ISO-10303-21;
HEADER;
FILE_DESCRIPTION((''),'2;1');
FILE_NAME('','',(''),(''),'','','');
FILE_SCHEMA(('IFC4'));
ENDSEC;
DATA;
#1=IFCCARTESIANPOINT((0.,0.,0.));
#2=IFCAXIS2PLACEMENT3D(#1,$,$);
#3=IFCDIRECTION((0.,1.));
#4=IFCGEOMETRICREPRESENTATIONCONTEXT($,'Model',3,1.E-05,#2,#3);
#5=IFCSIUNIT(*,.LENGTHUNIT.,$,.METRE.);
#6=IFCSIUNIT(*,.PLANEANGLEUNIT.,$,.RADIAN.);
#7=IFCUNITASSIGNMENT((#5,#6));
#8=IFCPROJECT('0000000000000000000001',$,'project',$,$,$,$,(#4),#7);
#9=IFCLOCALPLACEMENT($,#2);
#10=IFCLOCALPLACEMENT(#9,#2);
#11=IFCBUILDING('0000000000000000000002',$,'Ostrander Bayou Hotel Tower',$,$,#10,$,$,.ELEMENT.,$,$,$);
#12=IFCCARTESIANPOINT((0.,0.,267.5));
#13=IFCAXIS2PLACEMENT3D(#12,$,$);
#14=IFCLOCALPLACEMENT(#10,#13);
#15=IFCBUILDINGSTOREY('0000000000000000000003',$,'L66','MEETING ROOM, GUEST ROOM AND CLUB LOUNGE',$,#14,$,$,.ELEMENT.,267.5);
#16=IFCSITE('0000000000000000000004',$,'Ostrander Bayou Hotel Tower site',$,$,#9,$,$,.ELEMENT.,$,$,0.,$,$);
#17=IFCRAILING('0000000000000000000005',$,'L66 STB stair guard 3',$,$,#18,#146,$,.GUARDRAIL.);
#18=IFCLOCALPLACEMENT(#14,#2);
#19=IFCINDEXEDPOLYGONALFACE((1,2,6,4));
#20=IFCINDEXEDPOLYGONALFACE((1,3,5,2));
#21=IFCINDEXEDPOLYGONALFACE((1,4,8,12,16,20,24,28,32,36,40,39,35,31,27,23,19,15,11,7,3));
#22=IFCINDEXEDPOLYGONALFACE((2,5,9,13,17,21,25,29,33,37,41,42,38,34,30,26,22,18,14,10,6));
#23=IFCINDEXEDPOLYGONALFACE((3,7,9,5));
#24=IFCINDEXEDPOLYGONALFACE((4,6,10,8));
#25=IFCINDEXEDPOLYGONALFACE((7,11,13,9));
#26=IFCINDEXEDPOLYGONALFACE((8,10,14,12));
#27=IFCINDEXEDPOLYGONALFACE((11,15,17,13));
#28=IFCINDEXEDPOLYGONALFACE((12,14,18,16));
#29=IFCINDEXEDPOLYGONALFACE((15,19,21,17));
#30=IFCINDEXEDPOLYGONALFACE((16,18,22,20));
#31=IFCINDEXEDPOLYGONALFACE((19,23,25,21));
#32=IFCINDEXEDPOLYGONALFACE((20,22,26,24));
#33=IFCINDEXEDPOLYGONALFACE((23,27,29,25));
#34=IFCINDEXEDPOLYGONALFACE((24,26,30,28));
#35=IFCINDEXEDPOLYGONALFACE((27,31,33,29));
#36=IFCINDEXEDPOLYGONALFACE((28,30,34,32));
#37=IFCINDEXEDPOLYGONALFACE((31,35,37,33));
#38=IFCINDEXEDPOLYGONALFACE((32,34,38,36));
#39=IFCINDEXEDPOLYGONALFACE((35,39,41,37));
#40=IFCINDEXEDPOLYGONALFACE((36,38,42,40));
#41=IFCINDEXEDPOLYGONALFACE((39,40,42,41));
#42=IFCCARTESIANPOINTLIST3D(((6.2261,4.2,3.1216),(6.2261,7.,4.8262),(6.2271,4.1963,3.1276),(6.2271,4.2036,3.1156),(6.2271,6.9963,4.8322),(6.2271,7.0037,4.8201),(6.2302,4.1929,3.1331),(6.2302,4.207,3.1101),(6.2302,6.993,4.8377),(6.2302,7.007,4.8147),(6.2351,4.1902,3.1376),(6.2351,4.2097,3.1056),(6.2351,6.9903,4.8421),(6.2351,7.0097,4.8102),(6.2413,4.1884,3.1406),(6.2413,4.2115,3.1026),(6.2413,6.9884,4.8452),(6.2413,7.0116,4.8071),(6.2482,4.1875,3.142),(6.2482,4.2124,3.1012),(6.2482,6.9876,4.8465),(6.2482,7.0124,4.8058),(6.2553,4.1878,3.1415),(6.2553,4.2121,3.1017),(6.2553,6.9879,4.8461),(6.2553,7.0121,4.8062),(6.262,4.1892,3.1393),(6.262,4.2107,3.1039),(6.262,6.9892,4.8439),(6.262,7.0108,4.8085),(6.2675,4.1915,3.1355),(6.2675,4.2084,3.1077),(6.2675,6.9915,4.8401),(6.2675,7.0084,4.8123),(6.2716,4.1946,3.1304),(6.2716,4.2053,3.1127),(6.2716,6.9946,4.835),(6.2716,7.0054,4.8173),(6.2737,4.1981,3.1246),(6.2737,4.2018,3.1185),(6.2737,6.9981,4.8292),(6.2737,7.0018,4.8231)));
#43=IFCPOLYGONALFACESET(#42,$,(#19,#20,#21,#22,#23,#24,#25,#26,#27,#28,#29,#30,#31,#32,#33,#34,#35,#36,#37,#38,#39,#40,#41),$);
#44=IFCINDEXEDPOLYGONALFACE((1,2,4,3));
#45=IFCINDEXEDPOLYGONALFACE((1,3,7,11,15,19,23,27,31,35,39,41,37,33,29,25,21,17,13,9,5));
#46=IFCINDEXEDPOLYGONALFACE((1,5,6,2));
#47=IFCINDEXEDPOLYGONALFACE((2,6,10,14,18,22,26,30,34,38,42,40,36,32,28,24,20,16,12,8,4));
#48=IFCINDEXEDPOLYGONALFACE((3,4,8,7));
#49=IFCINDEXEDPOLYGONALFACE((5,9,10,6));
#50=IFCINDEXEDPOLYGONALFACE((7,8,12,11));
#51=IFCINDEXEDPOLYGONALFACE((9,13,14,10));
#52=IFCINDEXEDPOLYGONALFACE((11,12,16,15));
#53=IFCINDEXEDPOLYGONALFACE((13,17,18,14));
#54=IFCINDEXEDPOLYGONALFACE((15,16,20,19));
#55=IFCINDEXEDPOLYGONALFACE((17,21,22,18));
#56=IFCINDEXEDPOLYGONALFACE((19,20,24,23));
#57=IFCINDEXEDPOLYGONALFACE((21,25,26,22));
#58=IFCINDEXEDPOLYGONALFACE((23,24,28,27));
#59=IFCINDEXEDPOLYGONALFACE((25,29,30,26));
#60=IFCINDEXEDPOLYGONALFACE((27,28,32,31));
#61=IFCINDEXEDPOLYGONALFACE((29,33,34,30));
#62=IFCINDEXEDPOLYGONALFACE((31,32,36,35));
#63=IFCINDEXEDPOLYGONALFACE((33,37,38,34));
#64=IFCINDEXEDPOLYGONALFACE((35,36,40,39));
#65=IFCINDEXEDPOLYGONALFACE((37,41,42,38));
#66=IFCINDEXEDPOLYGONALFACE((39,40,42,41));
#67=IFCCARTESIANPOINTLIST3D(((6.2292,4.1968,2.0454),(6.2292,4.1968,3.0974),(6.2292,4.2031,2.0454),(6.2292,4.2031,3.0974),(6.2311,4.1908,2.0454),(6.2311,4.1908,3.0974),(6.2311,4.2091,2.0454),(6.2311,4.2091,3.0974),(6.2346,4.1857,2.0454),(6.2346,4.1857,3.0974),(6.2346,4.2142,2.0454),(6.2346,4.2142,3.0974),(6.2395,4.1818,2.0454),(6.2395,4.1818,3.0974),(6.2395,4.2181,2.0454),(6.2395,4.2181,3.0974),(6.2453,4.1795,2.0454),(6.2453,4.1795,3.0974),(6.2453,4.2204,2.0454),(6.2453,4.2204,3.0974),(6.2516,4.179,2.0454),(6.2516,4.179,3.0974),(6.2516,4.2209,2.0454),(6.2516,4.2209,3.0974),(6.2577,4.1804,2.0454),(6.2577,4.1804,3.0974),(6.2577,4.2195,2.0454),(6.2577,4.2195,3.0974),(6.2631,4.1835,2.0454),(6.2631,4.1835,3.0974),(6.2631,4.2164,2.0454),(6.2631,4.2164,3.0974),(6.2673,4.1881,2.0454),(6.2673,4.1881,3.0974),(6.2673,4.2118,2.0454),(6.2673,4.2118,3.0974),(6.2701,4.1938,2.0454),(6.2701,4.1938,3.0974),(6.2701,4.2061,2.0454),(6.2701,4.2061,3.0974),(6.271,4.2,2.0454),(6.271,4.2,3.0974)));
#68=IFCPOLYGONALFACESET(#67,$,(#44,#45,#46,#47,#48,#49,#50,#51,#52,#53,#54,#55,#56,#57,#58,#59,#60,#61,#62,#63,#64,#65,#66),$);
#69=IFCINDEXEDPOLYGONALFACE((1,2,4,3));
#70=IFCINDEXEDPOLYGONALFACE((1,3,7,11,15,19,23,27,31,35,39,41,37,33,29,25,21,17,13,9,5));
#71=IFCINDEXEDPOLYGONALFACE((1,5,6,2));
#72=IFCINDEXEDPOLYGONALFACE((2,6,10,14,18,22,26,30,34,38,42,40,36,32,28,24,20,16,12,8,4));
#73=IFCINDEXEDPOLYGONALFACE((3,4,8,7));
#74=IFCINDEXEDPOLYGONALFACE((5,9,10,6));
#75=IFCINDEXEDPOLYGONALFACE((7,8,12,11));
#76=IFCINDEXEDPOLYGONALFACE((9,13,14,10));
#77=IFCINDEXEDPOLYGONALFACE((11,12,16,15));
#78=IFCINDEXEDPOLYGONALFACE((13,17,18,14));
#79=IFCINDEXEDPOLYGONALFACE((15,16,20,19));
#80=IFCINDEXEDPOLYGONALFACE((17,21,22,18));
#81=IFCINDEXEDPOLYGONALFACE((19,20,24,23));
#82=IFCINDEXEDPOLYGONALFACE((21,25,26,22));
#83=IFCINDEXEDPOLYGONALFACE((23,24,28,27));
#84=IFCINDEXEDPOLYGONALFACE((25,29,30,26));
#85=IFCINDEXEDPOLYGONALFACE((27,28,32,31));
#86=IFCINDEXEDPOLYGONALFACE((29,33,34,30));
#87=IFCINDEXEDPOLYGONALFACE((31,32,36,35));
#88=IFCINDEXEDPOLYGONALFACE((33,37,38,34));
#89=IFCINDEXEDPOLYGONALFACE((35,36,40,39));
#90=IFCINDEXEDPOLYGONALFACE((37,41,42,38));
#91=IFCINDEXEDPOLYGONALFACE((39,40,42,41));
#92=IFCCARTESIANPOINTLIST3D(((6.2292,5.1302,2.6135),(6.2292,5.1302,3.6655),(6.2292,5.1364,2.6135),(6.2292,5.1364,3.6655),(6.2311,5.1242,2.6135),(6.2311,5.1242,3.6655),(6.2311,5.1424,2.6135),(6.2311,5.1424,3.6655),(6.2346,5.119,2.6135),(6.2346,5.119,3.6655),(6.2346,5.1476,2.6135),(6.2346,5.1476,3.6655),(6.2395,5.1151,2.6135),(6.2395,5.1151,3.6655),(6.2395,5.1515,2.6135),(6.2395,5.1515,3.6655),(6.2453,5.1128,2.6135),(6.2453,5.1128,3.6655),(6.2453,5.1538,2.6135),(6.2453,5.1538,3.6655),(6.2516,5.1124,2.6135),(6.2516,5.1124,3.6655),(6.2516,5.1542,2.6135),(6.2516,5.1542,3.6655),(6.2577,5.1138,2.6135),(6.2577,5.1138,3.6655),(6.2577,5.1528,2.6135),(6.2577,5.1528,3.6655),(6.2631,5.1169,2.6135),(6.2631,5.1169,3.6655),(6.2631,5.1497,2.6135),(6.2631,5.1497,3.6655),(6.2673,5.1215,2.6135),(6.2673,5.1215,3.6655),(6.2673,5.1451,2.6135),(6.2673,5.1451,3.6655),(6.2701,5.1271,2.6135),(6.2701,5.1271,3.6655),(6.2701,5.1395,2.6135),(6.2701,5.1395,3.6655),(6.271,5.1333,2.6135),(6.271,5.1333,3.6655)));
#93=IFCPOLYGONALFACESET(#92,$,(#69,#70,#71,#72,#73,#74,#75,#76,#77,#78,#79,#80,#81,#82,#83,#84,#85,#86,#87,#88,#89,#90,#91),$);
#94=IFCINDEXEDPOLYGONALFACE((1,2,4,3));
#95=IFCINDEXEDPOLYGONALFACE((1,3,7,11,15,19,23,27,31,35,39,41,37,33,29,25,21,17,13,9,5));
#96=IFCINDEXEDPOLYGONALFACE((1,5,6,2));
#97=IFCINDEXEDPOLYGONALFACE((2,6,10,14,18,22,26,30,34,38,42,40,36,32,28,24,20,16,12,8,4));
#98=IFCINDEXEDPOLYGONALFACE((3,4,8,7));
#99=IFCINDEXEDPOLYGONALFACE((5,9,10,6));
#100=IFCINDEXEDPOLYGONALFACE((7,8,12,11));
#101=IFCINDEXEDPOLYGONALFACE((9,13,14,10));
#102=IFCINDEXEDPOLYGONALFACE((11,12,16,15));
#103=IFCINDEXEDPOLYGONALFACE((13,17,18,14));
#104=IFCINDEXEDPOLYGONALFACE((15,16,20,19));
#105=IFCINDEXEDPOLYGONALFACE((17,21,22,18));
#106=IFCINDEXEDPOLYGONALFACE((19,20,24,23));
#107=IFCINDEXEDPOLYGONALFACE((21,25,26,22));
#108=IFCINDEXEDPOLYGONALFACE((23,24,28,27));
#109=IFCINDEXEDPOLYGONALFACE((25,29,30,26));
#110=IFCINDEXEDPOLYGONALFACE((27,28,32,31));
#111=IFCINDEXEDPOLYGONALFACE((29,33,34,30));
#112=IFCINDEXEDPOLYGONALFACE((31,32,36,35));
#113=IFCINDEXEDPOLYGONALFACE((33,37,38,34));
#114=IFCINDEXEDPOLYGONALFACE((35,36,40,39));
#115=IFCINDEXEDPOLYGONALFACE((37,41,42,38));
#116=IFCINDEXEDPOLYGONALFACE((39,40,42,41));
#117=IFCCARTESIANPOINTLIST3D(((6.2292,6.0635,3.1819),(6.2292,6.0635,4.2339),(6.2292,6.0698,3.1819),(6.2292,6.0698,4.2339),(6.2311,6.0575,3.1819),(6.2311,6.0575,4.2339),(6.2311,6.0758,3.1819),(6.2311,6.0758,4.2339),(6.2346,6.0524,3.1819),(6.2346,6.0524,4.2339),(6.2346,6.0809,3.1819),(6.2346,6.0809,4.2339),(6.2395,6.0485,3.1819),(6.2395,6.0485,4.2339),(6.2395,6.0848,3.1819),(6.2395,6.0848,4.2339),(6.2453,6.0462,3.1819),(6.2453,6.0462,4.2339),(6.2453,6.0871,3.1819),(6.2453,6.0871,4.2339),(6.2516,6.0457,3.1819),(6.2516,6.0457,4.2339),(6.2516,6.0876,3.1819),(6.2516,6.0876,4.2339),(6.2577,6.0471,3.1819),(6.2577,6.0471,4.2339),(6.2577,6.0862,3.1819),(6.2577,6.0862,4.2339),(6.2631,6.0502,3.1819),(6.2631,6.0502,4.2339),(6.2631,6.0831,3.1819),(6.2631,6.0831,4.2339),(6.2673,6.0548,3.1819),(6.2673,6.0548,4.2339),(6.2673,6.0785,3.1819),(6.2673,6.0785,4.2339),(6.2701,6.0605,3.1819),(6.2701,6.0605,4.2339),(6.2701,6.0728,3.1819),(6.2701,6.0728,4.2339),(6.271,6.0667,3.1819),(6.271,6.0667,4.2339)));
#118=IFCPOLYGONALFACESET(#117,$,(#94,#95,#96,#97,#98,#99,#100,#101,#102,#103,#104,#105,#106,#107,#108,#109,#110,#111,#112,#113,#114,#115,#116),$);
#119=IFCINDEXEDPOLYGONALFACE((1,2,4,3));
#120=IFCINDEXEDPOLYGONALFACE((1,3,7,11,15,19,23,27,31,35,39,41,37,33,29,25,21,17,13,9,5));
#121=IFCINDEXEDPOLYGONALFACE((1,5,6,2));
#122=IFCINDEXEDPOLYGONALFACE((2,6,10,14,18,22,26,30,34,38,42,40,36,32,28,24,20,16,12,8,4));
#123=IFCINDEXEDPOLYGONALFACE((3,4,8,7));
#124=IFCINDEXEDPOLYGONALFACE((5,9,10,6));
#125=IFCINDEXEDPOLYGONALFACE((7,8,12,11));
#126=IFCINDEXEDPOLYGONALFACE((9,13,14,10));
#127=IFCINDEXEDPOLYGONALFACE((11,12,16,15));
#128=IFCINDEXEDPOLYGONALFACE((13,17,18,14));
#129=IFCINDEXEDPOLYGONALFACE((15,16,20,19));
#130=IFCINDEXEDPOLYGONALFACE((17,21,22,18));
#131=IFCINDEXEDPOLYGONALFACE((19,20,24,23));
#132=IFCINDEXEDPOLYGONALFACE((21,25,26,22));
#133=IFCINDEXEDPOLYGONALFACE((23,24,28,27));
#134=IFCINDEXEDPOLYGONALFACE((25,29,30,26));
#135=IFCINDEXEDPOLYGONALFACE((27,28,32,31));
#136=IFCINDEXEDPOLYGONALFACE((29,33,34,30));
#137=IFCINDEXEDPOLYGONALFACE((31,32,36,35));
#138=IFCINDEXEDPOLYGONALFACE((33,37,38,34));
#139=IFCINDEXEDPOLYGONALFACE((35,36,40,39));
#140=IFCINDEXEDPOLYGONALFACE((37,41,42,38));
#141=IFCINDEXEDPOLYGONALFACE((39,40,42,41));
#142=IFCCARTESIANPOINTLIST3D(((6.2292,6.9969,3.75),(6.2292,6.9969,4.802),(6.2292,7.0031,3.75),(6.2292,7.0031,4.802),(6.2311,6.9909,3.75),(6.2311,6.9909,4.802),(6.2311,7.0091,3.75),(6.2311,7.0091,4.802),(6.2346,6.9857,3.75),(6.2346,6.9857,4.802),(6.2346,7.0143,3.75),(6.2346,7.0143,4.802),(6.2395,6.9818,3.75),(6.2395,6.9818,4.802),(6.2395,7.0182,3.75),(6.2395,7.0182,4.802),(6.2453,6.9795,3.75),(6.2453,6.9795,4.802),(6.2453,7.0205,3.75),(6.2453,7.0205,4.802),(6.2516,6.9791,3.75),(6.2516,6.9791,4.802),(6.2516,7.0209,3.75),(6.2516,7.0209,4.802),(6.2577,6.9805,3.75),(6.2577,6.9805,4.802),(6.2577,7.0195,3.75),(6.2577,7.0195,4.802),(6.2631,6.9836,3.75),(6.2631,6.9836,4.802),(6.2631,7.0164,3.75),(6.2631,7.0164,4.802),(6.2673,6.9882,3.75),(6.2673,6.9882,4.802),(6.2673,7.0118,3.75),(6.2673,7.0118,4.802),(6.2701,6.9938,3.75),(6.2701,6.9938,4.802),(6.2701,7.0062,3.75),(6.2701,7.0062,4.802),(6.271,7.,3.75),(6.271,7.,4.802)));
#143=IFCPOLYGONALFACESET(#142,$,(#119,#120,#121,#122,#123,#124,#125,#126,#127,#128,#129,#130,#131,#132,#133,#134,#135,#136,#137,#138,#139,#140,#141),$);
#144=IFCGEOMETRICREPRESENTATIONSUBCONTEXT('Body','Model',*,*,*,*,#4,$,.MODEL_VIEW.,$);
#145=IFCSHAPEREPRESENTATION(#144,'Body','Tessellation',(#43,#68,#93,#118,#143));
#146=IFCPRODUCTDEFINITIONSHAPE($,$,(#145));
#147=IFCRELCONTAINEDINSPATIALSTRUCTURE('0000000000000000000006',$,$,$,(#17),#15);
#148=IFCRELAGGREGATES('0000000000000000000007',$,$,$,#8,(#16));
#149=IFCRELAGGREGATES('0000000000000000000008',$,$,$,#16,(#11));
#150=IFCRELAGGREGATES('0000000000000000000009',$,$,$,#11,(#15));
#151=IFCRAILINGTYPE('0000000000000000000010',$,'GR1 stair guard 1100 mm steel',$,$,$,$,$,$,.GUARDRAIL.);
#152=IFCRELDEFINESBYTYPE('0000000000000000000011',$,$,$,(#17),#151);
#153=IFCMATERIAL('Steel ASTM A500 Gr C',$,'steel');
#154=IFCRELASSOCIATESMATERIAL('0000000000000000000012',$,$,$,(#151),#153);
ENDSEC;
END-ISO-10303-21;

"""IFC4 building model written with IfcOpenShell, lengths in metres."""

from ifc_helpers import new_model, si_unit, direction, frame, origin, origin_2d, place, context, subcontext, project, spatial, circle, extrude, material, type_object, element, save


model = new_model("IFC4")

# Units and contexts
model_context = context("Model", 3, precision=1e-05, world=origin(), true_north=direction((0.0, 1.0)))
body_context = subcontext(model_context, "Body", "Model", "MODEL_VIEW")
ifc_project = project(units=[si_unit("LENGTHUNIT", "METRE"), si_unit("PLANEANGLEUNIT", "RADIAN")], contexts=[model_context])

# Site, building, storey
site_placement = place(None, origin())
site = spatial("IfcSite", under=ifc_project, at=site_placement, Name="Ostrander Bayou Hotel Tower site", CompositionType="ELEMENT", RefElevation=0.0)
building_placement = place(site_placement, origin())
building = spatial("IfcBuilding", under=site, at=building_placement, Name="Ostrander Bayou Hotel Tower", CompositionType="ELEMENT")
storey_placement = place(building_placement, frame((0.0, 0.0, 267.5)))
storey = spatial("IfcBuildingStorey", under=building, at=storey_placement, Name="L66", Description="MEETING ROOM, GUEST ROOM AND CLUB LOUNGE", CompositionType="ELEMENT", Elevation=267.5)

# Railing
ifc_material_1 = material(Name="Steel ASTM A500 Gr C", Category="steel")
railing_type_1 = type_object("IfcRailingType", Name="GR1 stair guard 1100 mm steel", PredefinedType="GUARDRAIL", material=ifc_material_1)
railing_1_placement = place(storey_placement, frame((6.25, 4.2, 2.0454)))
element("IfcRailing", 1, at=railing_1_placement, inside=storey, type_object=railing_type_1, Name="L66 STB stair guard 3", PredefinedType="GUARDRAIL", context=body_context, shape_type="SweptSolid", body=[
    extrude(circle(Radius=0.0239, at=origin_2d()), frame((0.0, 0.0, 1.0762), z_axis=(0.0, 0.85417, 0.519994), x_axis=(-1.0, 0.0, 0.0)), (0.0, 0.0, 1.0), 3.2781),
    extrude(circle(Radius=0.021, at=origin_2d()), origin(), (0.0, 0.0, 1.0), 1.052),
    extrude(circle(Radius=0.021, at=origin_2d()), frame((0.0, 0.9333, 0.5681)), (0.0, 0.0, 1.0), 1.052),
    extrude(circle(Radius=0.021, at=origin_2d()), frame((0.0, 1.8667, 1.1365)), (0.0, 0.0, 1.0), 1.052),
    extrude(circle(Radius=0.021, at=origin_2d()), frame((0.0, 2.8, 1.7046)), (0.0, 0.0, 1.0), 1.052),
])

save(model, "model.ifc")
